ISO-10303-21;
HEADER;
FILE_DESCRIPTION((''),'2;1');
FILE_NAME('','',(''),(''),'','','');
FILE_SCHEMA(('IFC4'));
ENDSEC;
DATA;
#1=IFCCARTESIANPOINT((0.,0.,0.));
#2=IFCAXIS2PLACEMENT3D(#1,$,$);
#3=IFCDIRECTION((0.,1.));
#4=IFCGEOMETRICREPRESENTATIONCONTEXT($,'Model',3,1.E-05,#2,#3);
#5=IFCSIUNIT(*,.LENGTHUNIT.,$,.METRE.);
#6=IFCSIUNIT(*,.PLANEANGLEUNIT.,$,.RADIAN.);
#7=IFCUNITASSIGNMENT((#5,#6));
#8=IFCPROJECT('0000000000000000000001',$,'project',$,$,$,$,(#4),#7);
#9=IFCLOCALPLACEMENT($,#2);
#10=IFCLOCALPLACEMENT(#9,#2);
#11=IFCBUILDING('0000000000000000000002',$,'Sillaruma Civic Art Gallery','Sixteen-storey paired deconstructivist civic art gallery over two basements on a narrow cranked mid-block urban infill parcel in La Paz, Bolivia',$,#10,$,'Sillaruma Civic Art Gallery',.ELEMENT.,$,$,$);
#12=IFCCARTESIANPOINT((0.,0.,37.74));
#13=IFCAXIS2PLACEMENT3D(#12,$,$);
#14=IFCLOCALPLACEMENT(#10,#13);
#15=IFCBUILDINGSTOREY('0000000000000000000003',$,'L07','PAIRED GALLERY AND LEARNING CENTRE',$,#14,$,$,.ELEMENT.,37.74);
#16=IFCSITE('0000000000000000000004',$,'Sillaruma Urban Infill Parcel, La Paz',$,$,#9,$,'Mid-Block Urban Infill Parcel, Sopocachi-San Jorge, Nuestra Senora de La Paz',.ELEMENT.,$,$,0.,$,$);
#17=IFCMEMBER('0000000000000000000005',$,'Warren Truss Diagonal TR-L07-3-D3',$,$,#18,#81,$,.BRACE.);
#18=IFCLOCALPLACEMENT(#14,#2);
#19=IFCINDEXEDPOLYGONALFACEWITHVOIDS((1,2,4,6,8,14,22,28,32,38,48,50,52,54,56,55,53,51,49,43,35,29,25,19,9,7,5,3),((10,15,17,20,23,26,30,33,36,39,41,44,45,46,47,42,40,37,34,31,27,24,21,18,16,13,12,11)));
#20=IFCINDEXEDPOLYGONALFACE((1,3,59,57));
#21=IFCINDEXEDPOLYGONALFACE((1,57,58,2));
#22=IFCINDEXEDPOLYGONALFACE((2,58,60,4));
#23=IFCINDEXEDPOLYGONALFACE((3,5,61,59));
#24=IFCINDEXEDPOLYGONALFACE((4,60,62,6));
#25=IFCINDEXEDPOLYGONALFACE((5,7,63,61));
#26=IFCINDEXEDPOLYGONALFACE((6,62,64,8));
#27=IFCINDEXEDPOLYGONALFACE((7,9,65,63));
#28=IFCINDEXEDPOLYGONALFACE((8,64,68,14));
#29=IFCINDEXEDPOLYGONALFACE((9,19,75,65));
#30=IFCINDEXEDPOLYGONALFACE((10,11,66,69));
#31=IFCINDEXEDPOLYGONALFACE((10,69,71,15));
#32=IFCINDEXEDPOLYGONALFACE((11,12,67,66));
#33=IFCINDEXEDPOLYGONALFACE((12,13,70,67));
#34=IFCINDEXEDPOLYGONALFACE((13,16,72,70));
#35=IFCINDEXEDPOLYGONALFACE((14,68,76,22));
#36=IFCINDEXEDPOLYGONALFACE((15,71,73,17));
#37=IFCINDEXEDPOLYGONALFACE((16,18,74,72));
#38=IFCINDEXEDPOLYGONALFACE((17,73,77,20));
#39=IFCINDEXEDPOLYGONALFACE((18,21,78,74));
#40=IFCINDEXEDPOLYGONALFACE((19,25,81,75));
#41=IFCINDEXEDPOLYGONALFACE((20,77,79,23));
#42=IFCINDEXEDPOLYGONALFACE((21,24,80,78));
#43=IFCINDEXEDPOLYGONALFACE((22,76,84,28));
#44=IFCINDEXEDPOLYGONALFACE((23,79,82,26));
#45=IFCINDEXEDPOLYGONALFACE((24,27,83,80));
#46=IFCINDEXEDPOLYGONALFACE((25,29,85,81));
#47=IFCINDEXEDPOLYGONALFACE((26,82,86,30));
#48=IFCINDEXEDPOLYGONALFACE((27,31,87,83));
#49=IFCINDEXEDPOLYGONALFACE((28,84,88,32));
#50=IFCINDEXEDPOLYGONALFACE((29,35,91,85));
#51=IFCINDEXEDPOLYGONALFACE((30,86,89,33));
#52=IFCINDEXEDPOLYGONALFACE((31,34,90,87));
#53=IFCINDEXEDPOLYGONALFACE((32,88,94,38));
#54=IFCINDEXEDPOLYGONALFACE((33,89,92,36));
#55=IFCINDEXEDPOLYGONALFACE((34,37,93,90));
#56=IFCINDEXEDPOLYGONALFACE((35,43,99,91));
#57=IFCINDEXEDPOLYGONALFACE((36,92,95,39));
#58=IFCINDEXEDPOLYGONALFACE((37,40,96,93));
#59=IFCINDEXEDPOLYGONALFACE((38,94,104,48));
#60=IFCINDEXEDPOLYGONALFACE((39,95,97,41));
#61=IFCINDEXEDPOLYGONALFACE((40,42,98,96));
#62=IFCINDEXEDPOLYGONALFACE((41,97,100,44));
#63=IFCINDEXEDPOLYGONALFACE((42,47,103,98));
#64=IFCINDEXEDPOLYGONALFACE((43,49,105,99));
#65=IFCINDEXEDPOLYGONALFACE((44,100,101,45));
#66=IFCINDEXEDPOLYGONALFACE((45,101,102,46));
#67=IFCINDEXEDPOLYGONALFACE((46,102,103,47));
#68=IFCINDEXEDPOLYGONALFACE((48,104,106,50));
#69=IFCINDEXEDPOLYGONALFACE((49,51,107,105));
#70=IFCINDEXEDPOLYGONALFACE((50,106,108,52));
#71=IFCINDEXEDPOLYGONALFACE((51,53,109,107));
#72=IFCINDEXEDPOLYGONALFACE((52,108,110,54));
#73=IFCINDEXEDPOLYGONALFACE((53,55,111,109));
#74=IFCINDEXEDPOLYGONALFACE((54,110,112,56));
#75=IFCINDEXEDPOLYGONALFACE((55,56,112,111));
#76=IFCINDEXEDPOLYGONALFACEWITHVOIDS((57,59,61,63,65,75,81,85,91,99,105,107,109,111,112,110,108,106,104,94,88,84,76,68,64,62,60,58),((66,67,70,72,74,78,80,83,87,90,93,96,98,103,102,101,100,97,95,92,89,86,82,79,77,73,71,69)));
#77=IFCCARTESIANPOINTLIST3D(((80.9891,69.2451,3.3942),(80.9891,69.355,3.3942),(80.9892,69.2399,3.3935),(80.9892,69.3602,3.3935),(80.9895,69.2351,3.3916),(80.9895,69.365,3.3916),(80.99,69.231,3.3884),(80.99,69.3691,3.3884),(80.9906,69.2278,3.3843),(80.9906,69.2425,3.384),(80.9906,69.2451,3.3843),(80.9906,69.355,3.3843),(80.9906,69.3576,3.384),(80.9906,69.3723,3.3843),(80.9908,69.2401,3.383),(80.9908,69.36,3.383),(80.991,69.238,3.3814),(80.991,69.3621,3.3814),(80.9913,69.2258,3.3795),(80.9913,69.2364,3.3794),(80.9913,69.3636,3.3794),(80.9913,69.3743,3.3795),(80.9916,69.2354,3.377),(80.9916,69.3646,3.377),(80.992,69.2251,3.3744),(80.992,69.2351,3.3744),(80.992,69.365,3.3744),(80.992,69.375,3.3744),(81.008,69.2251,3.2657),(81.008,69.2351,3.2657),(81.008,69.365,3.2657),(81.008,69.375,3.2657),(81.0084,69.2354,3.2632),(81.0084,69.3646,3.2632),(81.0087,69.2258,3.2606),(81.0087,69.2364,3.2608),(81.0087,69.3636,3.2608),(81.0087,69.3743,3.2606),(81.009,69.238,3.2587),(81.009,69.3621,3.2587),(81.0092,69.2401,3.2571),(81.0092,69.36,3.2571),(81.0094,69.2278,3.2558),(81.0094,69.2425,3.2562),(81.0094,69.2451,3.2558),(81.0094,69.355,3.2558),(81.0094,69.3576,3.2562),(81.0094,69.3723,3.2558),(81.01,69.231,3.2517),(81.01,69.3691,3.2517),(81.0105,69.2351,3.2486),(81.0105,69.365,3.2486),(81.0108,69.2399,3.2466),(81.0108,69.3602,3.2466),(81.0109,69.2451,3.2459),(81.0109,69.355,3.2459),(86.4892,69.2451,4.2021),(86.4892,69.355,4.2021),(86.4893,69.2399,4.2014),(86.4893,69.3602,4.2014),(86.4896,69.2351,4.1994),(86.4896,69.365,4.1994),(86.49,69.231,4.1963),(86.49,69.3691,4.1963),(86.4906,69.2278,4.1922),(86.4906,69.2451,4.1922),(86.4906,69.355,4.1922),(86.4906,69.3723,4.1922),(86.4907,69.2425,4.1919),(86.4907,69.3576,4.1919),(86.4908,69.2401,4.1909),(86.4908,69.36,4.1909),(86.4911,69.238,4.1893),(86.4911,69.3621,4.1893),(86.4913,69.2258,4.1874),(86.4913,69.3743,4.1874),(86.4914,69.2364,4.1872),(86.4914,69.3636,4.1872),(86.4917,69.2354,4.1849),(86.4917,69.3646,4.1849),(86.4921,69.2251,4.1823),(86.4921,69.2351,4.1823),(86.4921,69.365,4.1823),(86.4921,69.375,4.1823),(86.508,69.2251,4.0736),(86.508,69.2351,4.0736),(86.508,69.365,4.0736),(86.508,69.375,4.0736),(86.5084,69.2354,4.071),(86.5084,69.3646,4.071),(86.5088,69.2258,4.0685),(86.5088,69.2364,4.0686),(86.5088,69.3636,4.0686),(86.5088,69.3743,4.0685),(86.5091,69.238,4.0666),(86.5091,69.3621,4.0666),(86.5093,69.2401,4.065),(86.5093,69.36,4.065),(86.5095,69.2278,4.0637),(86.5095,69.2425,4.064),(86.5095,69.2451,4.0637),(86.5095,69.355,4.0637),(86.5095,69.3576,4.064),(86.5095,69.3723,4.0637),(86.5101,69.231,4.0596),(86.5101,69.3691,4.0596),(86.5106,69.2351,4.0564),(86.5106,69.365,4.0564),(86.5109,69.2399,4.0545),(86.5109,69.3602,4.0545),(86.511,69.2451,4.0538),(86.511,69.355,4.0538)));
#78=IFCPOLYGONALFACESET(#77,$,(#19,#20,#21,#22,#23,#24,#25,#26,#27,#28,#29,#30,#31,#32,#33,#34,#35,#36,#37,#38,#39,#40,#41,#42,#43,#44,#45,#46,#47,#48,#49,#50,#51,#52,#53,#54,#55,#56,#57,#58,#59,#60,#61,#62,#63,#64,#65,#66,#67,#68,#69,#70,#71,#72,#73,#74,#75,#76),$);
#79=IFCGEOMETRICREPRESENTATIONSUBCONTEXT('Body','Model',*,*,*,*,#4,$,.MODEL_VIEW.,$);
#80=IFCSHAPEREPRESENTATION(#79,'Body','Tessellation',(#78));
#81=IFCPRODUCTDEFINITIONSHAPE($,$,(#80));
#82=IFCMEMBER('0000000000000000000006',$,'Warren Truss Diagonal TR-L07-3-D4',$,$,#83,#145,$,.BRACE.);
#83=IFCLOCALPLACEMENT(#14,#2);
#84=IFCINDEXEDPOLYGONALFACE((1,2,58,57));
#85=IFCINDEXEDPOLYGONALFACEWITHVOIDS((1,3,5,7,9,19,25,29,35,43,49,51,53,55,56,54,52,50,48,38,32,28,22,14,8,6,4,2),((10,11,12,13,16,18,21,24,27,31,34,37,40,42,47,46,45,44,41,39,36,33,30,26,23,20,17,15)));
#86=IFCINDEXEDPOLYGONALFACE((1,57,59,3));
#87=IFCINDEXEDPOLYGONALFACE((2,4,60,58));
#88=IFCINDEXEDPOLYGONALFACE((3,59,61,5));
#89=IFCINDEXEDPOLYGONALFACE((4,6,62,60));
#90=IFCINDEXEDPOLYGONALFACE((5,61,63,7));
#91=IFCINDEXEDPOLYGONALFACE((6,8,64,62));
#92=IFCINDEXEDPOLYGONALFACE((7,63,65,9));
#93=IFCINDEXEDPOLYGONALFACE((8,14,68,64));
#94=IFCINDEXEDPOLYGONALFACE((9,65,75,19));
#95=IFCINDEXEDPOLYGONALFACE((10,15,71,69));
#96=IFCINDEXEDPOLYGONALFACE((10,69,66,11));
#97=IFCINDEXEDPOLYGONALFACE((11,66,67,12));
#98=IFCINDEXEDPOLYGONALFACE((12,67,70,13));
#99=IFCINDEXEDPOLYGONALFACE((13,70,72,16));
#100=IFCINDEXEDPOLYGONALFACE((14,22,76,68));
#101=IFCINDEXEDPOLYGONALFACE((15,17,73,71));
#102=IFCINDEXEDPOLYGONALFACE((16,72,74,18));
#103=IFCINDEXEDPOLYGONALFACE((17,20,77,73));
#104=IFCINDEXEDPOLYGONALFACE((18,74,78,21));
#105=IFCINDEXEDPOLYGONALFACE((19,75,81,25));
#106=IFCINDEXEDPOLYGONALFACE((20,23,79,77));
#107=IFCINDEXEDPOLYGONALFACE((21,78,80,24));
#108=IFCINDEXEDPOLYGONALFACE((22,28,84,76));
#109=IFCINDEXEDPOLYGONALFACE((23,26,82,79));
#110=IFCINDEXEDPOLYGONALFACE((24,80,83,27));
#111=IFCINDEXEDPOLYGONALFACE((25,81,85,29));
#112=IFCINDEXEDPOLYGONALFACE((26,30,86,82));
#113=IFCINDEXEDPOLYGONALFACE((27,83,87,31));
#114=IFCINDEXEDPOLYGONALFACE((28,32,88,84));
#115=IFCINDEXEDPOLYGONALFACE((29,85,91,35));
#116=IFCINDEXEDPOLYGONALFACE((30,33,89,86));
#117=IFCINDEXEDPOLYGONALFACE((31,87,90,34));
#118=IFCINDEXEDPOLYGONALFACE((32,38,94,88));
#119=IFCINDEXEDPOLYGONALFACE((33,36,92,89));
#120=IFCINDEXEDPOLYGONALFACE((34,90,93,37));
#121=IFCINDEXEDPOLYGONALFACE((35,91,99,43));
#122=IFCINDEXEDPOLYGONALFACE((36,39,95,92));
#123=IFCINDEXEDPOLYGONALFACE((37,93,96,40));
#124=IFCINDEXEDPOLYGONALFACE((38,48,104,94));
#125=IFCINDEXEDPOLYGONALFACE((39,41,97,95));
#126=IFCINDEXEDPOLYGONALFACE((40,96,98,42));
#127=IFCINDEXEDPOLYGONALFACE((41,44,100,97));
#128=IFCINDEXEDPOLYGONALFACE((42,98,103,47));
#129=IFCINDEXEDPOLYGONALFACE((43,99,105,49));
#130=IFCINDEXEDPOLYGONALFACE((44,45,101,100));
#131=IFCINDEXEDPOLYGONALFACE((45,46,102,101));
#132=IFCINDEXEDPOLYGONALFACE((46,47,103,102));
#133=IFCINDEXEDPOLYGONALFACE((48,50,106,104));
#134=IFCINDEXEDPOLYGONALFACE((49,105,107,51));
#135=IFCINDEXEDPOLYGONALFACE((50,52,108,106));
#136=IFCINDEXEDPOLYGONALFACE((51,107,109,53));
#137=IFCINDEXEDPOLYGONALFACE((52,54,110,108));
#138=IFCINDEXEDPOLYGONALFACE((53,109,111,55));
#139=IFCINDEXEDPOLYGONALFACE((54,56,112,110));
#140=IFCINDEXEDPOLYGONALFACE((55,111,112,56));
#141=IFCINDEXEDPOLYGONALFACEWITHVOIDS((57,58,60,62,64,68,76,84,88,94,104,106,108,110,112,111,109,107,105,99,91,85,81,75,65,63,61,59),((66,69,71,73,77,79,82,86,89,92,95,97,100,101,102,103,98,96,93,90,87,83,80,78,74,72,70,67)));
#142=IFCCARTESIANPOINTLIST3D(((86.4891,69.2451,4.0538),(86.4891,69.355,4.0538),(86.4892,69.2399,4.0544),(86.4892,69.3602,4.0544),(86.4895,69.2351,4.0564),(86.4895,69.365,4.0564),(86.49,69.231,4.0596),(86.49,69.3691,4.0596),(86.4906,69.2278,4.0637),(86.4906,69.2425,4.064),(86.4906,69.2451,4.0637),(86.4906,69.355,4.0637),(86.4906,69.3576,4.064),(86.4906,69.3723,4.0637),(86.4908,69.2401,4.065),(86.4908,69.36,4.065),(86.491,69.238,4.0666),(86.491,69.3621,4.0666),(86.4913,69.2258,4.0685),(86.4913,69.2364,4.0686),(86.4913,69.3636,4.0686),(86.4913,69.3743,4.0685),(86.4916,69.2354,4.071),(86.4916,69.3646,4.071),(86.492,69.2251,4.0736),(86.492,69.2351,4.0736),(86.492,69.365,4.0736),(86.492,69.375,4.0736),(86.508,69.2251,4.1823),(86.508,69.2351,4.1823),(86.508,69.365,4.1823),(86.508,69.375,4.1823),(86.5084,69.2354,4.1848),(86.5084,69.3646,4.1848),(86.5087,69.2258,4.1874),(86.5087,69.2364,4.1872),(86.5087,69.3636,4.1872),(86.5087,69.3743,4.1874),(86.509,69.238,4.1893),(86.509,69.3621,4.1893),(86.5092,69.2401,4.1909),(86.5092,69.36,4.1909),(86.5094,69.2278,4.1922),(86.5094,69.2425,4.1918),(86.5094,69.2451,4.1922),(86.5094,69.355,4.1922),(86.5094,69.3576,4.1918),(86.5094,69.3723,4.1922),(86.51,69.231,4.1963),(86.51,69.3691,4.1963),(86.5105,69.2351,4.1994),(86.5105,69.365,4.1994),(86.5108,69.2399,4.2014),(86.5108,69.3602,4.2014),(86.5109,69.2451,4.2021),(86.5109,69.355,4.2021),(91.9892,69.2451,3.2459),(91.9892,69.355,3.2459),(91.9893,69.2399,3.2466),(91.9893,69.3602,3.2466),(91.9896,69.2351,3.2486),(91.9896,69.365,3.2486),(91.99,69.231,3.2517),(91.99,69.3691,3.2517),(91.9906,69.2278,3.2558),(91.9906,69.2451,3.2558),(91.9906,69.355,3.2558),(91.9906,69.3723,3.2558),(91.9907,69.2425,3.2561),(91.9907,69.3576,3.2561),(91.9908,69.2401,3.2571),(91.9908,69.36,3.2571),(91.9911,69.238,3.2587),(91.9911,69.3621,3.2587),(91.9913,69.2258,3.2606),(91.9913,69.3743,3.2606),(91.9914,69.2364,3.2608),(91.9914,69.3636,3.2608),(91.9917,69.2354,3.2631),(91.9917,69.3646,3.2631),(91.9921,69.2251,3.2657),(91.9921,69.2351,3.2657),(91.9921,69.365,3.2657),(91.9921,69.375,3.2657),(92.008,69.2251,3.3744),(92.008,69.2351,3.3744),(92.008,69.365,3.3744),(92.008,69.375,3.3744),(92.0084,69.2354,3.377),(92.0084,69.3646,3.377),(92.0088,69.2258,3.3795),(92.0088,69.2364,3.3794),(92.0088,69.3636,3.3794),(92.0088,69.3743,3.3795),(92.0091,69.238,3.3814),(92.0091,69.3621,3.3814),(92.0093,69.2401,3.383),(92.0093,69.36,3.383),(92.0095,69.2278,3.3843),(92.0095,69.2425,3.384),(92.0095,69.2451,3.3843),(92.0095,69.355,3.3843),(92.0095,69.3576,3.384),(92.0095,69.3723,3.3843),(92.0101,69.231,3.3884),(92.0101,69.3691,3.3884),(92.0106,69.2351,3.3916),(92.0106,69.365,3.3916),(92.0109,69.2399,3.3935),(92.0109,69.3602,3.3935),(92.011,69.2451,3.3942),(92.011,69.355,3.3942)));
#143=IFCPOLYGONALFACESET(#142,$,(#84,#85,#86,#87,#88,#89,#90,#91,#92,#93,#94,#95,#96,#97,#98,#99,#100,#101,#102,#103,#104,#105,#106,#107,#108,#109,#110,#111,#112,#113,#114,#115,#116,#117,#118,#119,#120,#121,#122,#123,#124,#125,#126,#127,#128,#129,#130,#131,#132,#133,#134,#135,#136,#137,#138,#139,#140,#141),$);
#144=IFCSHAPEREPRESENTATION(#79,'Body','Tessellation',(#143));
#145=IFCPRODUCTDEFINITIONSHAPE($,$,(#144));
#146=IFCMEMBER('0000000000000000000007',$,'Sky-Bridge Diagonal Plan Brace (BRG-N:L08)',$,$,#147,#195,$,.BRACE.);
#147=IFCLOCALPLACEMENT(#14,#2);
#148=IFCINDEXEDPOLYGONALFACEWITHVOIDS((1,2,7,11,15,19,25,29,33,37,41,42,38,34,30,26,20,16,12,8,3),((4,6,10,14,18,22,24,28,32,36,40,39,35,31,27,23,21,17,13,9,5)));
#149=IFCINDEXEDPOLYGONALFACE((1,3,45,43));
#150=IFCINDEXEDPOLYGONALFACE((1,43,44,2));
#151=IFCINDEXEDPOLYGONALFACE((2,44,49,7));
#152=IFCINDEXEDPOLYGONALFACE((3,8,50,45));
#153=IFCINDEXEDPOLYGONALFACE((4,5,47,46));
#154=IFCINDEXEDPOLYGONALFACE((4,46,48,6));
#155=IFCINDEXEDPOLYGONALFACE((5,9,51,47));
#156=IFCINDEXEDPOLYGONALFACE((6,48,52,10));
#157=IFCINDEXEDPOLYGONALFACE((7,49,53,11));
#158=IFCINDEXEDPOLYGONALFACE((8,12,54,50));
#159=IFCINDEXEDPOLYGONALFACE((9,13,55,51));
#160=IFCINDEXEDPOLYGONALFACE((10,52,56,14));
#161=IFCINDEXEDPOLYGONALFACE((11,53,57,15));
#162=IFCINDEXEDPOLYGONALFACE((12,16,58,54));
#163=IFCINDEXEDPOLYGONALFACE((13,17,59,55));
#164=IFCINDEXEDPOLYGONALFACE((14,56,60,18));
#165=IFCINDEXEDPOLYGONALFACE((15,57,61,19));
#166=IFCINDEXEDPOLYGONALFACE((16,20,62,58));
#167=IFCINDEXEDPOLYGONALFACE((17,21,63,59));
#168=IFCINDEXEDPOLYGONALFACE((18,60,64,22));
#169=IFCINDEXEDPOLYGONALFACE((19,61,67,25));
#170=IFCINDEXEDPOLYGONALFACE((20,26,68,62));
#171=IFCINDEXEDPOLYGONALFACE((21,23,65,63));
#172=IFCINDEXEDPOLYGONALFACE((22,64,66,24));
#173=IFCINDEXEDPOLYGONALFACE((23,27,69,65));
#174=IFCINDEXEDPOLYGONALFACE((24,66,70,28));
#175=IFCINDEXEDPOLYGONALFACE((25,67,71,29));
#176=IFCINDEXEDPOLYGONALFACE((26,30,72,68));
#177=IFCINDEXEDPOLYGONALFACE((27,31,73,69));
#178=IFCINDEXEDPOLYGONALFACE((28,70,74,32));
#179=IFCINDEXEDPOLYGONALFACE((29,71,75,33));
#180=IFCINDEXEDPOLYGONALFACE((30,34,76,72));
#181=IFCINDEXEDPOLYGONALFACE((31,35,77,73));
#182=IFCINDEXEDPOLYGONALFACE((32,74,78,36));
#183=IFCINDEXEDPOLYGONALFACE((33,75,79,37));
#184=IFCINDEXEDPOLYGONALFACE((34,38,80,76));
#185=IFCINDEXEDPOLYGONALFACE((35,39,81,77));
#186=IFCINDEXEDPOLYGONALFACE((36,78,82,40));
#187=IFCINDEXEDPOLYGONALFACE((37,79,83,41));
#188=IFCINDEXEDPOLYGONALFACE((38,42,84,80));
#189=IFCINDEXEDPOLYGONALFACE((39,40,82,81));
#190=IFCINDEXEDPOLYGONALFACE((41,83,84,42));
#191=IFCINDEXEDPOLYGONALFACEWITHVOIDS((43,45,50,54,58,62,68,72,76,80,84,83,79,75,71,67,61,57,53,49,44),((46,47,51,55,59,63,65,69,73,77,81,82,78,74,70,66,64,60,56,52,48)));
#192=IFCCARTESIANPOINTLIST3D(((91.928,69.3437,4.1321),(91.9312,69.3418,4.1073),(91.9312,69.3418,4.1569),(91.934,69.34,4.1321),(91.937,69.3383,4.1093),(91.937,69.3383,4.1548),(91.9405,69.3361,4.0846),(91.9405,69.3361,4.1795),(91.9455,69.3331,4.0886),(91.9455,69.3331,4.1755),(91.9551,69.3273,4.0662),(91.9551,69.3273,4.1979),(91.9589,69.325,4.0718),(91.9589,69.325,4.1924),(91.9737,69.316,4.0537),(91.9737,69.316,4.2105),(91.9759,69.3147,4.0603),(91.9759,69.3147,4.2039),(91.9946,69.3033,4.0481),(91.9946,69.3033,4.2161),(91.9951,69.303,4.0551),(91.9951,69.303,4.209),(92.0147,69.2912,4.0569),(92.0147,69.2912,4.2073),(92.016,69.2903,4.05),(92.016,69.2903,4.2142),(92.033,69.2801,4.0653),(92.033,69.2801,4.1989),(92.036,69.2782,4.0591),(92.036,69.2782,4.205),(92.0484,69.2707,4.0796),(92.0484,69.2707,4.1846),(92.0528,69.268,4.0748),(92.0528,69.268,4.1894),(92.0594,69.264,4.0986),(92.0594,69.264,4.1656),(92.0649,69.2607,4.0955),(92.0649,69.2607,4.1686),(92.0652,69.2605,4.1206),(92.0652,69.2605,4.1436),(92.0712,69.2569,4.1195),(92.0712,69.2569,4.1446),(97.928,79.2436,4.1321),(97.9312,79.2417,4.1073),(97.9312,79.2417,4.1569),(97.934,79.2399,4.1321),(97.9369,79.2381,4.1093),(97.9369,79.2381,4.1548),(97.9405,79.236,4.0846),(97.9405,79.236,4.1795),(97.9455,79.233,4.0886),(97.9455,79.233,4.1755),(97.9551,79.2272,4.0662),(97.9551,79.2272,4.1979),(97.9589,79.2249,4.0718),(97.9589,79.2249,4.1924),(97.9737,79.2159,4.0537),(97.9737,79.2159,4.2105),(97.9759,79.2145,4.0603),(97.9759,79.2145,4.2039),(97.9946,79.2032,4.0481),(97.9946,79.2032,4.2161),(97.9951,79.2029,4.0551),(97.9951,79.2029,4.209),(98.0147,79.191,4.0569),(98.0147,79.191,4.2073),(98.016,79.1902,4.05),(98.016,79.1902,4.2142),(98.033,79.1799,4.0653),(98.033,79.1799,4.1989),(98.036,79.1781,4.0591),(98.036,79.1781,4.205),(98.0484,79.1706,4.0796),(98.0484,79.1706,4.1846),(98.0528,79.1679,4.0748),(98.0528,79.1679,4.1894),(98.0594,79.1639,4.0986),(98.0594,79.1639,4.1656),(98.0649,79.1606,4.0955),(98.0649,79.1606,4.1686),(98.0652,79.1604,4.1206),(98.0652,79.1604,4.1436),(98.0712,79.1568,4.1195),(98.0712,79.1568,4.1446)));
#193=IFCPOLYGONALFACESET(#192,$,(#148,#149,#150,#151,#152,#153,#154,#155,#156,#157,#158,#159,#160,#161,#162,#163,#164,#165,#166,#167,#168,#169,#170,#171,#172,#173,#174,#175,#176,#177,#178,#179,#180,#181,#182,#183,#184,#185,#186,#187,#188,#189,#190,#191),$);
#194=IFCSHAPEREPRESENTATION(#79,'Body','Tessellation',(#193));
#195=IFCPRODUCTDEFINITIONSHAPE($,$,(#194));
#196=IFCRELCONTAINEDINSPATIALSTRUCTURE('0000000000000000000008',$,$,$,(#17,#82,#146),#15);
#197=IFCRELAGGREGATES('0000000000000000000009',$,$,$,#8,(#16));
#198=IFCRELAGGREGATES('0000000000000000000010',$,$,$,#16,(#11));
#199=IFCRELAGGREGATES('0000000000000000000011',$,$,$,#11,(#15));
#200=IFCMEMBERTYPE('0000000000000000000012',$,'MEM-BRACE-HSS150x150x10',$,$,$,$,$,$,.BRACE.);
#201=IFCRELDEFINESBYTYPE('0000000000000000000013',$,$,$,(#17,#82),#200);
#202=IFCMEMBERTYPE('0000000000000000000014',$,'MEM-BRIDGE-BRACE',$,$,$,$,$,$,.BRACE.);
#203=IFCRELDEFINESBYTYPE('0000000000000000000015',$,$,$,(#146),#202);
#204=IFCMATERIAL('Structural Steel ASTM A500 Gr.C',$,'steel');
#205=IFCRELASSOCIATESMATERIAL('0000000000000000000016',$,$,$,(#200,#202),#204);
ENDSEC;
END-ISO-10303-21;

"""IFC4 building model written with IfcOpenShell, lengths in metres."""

from ifc_helpers import new_model, si_unit, direction, frame, origin, origin_2d, place, context, subcontext, project, spatial, hollow_rectangle, hollow_circle, extrude, material, material_profile, profile_set, type_object, element, save


model = new_model("IFC4")

# Units and contexts
model_context = context("Model", 3, precision=1e-05, world=origin(), true_north=direction((0.0, 1.0)))
body_context = subcontext(model_context, "Body", "Model", "MODEL_VIEW")
ifc_project = project(units=[si_unit("LENGTHUNIT", "METRE"), si_unit("PLANEANGLEUNIT", "RADIAN")], contexts=[model_context])

# Site, building, storey
site_placement = place(None, origin())
site = spatial("IfcSite", under=ifc_project, at=site_placement, Name="Sillaruma Urban Infill Parcel, La Paz", LongName="Mid-Block Urban Infill Parcel, Sopocachi-San Jorge, Nuestra Senora de La Paz", CompositionType="ELEMENT", RefElevation=0.0)
building_placement = place(site_placement, origin())
building = spatial("IfcBuilding", under=site, at=building_placement, Name="Sillaruma Civic Art Gallery", Description="Sixteen-storey paired deconstructivist civic art gallery over two basements on a narrow cranked mid-block urban infill parcel in La Paz, Bolivia", LongName="Sillaruma Civic Art Gallery", CompositionType="ELEMENT")
storey_placement = place(building_placement, frame((0.0, 0.0, 37.74)))
storey = spatial("IfcBuildingStorey", under=building, at=storey_placement, Name="L07", Description="PAIRED GALLERY AND LEARNING CENTRE", CompositionType="ELEMENT", Elevation=37.74)

# Shared definitions
ifc_material_1 = material(Name="Structural Steel ASTM A500 Gr.C", Category="steel")

# Members
ifc_material_profile_1 = material_profile(ifc_material_1, hollow_rectangle(XDim=0.1499, YDim=0.1499, WallThickness=0.01, InnerFilletRadius=0.01, OuterFilletRadius=0.02, at=origin_2d()), Name="HSS150x150x10")
ifc_profile_set_1 = profile_set([ifc_material_profile_1], Name="Structural Steel ASTM A500 Gr.C")
member_type_1 = type_object("IfcMemberType", Name="MEM-BRACE-HSS150x150x10", PredefinedType="BRACE", material=ifc_profile_set_1)
for number, where, z_axis, x_axis, name in (
    (1, (81.0, 69.3, 3.3201), (0.989384, 0.0, 0.145325), (0.0, 1.0, 0.0), "Warren Truss Diagonal TR-L07-3-D3"),
    (2, (86.5, 69.3, 4.1279), (0.989384, 0.0, -0.145325), (0.0, 1.0, 0.0), "Warren Truss Diagonal TR-L07-3-D4"),
):
    element("IfcMember", number, at=place(storey_placement, frame(where, z_axis=z_axis, x_axis=x_axis)), inside=storey, type_object=member_type_1, Name=name, PredefinedType="BRACE", context=body_context, shape_type="SweptSolid", body=[
        extrude(hollow_rectangle(XDim=0.1499, YDim=0.1499, WallThickness=0.01, InnerFilletRadius=0.01, OuterFilletRadius=0.02, at=origin_2d()), origin(), (0.0, 0.0, 1.0), 5.5591),
    ])
ifc_material_profile_2 = material_profile(ifc_material_1, hollow_circle(Radius=0.0842, WallThickness=0.0071, at=origin_2d()), Name="CHS168.3x7.1")
ifc_profile_set_2 = profile_set([ifc_material_profile_2], Name="Structural Steel ASTM A500 Gr.C")
member_type_2 = type_object("IfcMemberType", Name="MEM-BRIDGE-BRACE", PredefinedType="BRACE", material=ifc_profile_set_2)
member_1_placement = place(storey_placement, frame((92.0, 69.3, 4.1321), z_axis=(0.518305, 0.855196, 0.0), x_axis=(-0.855196, 0.518305, 0.0)))
element("IfcMember", 3, at=member_1_placement, inside=storey, type_object=member_type_2, Name="Sky-Bridge Diagonal Plan Brace (BRG-N:L08)", PredefinedType="BRACE", context=body_context, shape_type="SweptSolid", body=[
    extrude(hollow_circle(Radius=0.0842, WallThickness=0.0071, at=origin_2d()), origin(), (0.0, 0.0, 1.0), 11.5762),
])

save(model, "model.ifc")
